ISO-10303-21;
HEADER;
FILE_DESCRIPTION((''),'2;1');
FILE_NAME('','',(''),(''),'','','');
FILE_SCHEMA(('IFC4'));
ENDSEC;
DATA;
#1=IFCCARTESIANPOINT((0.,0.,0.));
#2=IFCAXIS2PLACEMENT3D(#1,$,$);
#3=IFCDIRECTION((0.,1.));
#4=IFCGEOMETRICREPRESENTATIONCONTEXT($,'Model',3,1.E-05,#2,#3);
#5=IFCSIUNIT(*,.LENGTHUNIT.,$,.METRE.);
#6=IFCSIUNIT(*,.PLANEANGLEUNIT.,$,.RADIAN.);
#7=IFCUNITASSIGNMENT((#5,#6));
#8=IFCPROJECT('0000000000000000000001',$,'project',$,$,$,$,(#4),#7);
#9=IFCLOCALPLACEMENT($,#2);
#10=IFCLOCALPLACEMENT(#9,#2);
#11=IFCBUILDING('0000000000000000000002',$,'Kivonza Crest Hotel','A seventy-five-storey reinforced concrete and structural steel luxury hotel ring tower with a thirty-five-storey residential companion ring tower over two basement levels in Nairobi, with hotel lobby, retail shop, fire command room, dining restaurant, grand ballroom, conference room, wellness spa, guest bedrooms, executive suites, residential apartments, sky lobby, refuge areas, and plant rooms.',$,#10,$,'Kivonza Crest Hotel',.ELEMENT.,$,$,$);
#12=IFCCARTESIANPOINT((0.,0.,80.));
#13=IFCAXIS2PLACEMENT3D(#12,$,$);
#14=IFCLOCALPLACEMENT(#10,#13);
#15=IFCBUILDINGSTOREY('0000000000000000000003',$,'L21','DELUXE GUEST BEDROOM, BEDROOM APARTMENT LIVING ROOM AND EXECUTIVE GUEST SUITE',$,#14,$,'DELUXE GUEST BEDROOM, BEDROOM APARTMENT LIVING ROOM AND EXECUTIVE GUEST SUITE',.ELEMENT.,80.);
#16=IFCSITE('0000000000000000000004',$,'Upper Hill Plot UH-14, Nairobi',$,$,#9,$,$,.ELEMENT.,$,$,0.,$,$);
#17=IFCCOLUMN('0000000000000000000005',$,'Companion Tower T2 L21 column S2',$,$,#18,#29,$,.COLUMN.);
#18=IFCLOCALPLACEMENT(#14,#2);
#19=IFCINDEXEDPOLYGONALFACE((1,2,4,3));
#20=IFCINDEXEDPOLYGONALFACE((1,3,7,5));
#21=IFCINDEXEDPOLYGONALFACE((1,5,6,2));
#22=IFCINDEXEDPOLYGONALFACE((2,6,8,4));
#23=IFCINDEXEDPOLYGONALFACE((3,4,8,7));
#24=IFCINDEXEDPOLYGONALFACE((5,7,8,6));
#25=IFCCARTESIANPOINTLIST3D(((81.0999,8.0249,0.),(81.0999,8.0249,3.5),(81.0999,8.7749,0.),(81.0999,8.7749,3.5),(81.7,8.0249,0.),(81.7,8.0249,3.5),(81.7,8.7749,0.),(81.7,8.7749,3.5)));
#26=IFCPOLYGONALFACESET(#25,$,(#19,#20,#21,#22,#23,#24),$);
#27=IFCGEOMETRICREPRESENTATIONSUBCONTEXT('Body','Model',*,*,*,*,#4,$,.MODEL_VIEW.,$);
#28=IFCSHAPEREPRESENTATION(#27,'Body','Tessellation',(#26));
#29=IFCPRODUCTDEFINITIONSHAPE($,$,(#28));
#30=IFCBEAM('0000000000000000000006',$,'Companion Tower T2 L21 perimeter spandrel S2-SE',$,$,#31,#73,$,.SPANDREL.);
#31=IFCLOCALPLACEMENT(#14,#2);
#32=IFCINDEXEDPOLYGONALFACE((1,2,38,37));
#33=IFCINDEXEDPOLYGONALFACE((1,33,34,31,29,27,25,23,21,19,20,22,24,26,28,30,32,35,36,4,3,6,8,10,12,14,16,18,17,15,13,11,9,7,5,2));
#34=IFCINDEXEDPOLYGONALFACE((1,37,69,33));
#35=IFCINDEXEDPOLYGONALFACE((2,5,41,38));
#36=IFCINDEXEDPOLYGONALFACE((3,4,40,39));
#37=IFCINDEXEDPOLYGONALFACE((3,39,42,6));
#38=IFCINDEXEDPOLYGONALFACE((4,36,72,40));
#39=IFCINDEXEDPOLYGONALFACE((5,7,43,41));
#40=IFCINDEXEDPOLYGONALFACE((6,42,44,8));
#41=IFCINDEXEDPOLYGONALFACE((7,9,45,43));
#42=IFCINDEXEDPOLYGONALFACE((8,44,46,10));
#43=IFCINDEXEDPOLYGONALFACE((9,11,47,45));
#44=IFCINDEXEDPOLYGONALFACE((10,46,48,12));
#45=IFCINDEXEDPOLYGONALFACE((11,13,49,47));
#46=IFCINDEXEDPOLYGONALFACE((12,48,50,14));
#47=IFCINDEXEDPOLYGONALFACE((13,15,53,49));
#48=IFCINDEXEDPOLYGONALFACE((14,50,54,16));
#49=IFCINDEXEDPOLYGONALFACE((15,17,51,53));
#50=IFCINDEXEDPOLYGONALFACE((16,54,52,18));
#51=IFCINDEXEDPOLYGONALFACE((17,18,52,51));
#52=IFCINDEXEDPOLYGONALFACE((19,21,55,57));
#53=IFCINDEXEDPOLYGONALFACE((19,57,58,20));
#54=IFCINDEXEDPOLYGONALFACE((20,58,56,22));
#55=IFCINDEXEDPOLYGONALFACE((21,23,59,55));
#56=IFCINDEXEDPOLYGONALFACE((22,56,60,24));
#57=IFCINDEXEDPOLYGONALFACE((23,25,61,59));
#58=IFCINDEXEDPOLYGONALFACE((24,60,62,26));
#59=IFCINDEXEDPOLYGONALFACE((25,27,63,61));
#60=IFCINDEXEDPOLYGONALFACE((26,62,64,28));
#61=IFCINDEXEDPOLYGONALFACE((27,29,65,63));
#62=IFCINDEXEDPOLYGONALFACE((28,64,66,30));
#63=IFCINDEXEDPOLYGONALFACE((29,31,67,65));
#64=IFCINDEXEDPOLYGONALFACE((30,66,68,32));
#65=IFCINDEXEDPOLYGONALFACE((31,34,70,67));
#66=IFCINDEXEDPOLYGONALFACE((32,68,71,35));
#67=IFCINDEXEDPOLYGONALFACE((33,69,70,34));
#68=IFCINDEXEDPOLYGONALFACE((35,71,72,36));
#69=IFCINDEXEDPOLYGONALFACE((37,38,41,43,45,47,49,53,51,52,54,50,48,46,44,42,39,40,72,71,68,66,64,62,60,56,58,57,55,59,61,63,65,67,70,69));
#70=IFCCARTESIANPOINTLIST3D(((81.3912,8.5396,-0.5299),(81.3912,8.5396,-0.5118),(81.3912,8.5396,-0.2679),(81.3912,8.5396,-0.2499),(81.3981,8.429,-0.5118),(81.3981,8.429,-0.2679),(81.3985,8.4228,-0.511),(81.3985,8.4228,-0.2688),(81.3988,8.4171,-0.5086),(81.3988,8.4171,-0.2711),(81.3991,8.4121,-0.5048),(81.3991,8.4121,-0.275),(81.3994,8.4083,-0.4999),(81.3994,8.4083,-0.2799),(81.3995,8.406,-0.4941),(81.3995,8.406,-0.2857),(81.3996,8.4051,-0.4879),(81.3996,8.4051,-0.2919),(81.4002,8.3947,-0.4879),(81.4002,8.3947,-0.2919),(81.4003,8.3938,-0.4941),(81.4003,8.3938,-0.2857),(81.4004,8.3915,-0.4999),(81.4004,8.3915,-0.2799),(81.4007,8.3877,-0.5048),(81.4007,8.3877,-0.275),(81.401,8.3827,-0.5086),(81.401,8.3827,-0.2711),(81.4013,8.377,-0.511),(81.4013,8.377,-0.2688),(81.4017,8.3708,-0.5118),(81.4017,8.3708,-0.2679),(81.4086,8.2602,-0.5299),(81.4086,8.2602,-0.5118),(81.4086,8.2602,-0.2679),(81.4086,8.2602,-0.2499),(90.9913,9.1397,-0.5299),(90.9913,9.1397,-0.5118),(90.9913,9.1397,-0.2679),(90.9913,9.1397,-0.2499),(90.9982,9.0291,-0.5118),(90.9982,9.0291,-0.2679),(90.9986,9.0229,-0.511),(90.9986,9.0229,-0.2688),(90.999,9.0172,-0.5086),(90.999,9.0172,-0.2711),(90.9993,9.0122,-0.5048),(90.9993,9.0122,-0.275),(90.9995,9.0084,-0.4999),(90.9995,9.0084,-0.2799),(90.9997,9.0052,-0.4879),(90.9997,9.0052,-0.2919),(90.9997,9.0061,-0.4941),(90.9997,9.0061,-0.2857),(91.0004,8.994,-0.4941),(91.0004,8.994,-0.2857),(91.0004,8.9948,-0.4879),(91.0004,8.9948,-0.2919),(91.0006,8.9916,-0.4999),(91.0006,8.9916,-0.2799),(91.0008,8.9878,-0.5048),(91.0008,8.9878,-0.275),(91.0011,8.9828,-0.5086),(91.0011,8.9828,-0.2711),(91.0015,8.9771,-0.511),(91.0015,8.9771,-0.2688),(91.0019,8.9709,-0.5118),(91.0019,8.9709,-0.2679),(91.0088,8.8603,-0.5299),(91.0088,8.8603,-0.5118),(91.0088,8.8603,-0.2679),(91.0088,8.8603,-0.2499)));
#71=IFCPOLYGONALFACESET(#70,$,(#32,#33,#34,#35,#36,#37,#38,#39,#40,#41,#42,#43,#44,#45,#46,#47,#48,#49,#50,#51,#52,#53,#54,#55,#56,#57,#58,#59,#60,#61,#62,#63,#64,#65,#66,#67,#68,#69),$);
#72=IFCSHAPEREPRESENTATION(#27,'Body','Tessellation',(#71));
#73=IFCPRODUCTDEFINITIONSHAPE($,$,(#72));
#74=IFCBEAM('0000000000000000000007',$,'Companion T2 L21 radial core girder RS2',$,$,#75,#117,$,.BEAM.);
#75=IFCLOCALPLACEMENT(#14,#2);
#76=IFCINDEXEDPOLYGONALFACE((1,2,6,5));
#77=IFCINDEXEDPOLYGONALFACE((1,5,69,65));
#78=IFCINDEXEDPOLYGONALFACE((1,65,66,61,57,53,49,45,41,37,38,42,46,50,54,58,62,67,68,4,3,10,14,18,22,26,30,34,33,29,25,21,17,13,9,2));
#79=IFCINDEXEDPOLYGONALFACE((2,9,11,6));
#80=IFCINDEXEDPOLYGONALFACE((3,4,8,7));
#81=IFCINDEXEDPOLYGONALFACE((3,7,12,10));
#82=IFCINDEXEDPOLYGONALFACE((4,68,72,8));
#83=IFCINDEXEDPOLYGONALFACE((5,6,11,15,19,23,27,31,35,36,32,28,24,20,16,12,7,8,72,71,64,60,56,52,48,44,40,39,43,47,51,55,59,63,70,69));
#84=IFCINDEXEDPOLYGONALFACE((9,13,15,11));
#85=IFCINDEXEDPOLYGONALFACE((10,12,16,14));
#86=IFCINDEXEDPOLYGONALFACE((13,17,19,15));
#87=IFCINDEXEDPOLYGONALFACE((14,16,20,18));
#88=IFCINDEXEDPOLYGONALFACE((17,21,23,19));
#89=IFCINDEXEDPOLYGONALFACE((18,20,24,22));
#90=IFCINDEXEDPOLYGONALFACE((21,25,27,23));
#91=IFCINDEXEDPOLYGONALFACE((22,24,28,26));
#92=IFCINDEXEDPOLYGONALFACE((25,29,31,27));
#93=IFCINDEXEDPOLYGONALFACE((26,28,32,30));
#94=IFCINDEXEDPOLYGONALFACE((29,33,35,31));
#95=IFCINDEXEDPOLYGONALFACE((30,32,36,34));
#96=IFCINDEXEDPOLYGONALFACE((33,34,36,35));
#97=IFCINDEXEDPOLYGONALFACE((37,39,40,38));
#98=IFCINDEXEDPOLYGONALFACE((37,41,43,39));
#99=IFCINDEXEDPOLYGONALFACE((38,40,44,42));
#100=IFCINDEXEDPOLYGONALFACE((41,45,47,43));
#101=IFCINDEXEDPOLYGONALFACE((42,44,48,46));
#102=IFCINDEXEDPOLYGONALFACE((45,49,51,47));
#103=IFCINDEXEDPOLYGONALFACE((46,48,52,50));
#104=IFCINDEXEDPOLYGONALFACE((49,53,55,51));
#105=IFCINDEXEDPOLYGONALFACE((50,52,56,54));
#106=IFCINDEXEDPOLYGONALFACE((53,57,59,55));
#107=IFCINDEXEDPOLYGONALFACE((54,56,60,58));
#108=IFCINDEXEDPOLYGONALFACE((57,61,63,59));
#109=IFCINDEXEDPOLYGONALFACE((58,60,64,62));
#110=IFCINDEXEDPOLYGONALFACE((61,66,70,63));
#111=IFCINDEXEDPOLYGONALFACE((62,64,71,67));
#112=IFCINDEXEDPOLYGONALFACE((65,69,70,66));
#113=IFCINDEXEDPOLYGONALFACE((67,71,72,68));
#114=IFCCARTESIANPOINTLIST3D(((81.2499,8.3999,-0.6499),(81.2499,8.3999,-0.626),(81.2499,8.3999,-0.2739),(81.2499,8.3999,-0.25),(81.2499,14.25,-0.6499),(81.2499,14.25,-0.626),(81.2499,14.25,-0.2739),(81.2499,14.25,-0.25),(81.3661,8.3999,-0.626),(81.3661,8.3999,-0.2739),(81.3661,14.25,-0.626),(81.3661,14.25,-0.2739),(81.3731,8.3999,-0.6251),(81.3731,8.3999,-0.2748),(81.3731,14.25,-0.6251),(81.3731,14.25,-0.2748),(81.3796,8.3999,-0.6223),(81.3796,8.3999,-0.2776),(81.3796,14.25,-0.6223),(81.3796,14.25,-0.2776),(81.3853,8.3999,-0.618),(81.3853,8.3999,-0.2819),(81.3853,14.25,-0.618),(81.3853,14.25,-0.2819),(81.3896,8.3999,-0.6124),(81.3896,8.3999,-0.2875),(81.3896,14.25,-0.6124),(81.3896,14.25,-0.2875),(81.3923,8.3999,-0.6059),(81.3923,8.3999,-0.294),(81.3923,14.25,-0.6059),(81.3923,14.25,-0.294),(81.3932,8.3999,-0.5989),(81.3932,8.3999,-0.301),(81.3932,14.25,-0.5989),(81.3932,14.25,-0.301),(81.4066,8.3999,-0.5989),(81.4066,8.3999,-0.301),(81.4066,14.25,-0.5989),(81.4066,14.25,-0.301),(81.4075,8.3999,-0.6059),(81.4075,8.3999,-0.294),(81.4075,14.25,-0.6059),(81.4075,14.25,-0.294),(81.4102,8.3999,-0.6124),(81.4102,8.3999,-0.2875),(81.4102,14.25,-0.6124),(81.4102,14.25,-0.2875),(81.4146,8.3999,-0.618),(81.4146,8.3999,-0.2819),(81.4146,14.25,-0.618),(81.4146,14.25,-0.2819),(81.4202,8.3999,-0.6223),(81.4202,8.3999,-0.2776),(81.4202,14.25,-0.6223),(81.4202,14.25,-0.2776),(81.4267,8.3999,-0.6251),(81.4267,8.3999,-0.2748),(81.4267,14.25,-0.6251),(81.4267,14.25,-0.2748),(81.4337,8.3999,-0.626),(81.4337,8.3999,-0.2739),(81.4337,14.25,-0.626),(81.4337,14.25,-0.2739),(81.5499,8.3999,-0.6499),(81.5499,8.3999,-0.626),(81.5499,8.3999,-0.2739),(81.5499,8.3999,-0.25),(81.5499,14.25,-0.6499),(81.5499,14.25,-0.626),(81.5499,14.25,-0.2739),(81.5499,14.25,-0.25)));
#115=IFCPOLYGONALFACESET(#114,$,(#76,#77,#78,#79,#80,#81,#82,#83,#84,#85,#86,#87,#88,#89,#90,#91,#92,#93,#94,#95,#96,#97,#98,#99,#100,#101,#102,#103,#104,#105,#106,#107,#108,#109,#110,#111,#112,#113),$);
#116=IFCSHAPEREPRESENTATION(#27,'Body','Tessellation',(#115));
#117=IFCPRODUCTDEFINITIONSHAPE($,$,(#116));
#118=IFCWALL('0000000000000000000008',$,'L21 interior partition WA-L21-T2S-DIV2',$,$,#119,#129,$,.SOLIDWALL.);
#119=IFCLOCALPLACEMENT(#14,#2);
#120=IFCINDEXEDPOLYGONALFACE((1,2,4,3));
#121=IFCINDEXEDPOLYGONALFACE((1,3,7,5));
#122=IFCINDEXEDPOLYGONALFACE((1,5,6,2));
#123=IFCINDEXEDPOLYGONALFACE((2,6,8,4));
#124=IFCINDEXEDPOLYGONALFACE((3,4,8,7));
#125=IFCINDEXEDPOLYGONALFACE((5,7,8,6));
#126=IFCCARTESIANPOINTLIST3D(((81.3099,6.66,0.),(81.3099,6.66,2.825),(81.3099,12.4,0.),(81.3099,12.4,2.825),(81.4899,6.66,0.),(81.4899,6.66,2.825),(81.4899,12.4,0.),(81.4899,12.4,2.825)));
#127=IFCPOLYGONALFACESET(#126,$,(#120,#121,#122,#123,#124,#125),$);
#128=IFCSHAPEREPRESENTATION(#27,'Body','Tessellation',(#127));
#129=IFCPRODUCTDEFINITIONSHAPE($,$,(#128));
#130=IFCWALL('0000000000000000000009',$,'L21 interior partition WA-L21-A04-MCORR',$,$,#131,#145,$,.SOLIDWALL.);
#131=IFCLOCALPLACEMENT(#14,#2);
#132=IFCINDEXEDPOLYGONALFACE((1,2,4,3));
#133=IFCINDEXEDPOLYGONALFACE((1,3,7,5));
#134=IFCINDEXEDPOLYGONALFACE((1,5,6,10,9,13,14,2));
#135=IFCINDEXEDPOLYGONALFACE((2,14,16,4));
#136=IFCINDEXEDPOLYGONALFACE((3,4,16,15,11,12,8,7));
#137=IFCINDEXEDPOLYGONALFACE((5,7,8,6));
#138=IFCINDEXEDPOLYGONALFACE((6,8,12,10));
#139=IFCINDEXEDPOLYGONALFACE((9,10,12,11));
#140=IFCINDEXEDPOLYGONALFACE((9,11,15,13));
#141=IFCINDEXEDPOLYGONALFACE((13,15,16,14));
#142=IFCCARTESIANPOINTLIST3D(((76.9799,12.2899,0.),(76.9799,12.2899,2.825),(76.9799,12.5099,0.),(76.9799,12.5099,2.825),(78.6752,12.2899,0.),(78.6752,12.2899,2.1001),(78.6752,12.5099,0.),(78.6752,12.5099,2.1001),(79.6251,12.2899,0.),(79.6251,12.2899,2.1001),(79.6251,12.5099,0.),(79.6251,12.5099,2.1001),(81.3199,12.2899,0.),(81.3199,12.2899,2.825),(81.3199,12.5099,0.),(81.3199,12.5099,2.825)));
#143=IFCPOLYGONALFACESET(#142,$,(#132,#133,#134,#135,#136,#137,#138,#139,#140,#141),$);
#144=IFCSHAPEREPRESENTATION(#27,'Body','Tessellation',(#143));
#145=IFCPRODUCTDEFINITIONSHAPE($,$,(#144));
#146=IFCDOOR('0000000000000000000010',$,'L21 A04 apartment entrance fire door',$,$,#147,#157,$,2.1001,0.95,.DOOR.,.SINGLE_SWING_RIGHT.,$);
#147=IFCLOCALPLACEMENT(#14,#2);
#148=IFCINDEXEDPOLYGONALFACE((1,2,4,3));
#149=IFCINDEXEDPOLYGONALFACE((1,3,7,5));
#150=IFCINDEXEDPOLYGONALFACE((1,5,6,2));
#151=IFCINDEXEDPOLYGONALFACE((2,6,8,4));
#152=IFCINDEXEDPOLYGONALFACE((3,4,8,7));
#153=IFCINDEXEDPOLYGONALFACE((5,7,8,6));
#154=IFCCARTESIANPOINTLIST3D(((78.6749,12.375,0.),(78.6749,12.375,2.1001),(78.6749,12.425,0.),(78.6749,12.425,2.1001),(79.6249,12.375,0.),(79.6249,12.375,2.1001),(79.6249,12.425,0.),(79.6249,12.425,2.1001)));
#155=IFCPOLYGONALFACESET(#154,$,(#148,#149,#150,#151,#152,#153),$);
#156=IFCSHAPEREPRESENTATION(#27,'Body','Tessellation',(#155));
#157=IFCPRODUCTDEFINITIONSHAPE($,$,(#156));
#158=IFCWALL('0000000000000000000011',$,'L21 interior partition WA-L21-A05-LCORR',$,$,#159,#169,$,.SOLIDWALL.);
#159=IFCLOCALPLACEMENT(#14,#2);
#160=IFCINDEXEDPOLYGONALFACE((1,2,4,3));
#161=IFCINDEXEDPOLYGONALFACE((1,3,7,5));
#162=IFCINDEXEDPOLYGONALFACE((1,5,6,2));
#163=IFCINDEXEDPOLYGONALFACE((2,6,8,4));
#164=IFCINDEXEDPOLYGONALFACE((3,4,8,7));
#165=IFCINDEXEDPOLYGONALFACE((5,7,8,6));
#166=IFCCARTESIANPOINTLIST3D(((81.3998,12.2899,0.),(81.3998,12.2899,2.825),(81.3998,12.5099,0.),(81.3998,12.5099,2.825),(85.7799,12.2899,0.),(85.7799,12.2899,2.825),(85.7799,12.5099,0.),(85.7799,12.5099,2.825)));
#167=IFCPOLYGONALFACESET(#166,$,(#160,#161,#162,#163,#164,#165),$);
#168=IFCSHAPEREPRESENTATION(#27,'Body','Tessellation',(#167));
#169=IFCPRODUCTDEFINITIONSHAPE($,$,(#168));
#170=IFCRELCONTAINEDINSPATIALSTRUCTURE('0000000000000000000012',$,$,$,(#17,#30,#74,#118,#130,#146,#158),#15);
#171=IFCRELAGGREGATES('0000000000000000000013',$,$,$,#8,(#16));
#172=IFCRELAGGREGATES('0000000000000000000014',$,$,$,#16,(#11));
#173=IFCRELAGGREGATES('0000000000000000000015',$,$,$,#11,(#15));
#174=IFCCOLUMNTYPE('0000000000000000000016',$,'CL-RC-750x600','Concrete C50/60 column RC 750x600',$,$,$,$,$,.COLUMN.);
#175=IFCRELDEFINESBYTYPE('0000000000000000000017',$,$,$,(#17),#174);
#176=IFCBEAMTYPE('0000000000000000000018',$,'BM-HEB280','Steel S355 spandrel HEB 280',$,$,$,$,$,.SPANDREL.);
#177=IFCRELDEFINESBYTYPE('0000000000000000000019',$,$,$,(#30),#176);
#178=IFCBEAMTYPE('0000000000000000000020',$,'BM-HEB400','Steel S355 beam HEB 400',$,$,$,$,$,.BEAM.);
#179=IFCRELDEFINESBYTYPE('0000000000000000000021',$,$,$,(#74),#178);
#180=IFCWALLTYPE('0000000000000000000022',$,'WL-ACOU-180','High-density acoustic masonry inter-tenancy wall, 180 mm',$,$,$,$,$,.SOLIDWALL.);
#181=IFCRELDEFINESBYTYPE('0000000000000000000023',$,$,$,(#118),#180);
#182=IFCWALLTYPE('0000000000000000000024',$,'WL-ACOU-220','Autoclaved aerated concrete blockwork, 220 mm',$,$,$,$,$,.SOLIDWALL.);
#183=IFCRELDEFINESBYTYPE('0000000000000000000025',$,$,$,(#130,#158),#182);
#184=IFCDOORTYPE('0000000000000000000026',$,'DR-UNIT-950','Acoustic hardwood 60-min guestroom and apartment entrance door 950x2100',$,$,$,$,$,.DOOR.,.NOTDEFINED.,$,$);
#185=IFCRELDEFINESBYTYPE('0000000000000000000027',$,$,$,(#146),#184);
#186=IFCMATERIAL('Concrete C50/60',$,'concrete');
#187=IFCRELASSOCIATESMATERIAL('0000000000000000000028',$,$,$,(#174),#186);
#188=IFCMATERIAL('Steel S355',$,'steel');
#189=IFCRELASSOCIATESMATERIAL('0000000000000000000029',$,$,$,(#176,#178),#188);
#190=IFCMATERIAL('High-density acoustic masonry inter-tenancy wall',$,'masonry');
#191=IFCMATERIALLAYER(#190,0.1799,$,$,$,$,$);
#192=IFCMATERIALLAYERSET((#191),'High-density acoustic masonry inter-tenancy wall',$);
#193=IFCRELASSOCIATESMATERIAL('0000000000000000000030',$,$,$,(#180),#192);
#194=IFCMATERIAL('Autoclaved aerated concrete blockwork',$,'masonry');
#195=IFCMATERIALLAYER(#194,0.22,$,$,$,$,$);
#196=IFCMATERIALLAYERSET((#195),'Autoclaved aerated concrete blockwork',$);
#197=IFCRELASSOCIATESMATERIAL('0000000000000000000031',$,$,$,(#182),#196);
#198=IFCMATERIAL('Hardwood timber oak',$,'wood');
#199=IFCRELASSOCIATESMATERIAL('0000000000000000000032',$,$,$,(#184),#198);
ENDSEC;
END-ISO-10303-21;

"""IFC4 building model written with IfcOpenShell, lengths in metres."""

from ifc_helpers import new_model, si_unit, direction, frame, frame_2d, origin, origin_2d, place, context, subcontext, project, spatial, rectangle, i_section, extrude, material, layer, layer_set, material_profile, profile_set, type_object, element, fill, save


model = new_model("IFC4")

# Units and contexts
model_context = context("Model", 3, precision=1e-05, world=origin(), true_north=direction((0.0, 1.0)))
body_context = subcontext(model_context, "Body", "Model", "MODEL_VIEW")
ifc_project = project(units=[si_unit("LENGTHUNIT", "METRE"), si_unit("PLANEANGLEUNIT", "RADIAN")], contexts=[model_context])

# Site, building, storey
site_placement = place(None, origin())
site = spatial("IfcSite", under=ifc_project, at=site_placement, Name="Upper Hill Plot UH-14, Nairobi", CompositionType="ELEMENT", RefElevation=0.0)
building_placement = place(site_placement, origin())
building = spatial("IfcBuilding", under=site, at=building_placement, Name="Kivonza Crest Hotel", Description="A seventy-five-storey reinforced concrete and structural steel luxury hotel ring tower with a thirty-five-storey residential companion ring tower over two basement levels in Nairobi, with hotel lobby, retail shop, fire command room, dining restaurant, grand ballroom, conference room, wellness spa, guest bedrooms, executive suites, residential apartments, sky lobby, refuge areas, and plant rooms.", LongName="Kivonza Crest Hotel", CompositionType="ELEMENT")
storey_placement = place(building_placement, frame((0.0, 0.0, 80.0)))
storey = spatial("IfcBuildingStorey", under=building, at=storey_placement, Name="L21", Description="DELUXE GUEST BEDROOM, BEDROOM APARTMENT LIVING ROOM AND EXECUTIVE GUEST SUITE", LongName="DELUXE GUEST BEDROOM, BEDROOM APARTMENT LIVING ROOM AND EXECUTIVE GUEST SUITE", CompositionType="ELEMENT", Elevation=80.0)

# Column
ifc_material_1 = material(Name="Concrete C50/60", Category="concrete")
ifc_material_profile_1 = material_profile(ifc_material_1, rectangle(XDim=0.6001, YDim=0.75, at=origin_2d()), Name="RC 750x600")
ifc_profile_set_1 = profile_set([ifc_material_profile_1], Name="Concrete C50/60")
column_type = type_object("IfcColumnType", Name="CL-RC-750x600", Description="Concrete C50/60 column RC 750x600", PredefinedType="COLUMN", material=ifc_profile_set_1)
column_placement = place(storey_placement, frame((81.3999, 8.3999, 0.0), z_axis=(0.0, 0.0, 1.0), x_axis=(1.0, 0.0, 0.0)))
element("IfcColumn", 1, at=column_placement, inside=storey, type_object=column_type, Name="Companion Tower T2 L21 column S2", PredefinedType="COLUMN", context=body_context, shape_type="SweptSolid", body=[
    extrude(rectangle(XDim=0.6001, YDim=0.75, at=origin_2d()), origin(), (0.0, 0.0, 1.0), 3.5),
])

# Beams
ifc_material_2 = material(Name="Steel S355", Category="steel")
ifc_material_profile_2 = material_profile(ifc_material_2, i_section(OverallWidth=0.28, OverallDepth=0.28, WebThickness=0.0105, FlangeThickness=0.0181, FilletRadius=0.0239, at=origin_2d()), Name="HEB 280")
ifc_profile_set_2 = profile_set([ifc_material_profile_2], Name="Steel S355")
beam_type_1 = type_object("IfcBeamType", Name="BM-HEB280", Description="Steel S355 spandrel HEB 280", PredefinedType="SPANDREL", material=ifc_profile_set_2)
beam_1_placement = place(storey_placement, frame((81.3999, 8.3999, -0.3899), z_axis=(0.998052, 0.062388, 0.0), x_axis=(-0.062388, 0.998052, 0.0)))
element("IfcBeam", 2, at=beam_1_placement, inside=storey, type_object=beam_type_1, Name="Companion Tower T2 L21 perimeter spandrel S2-SE", PredefinedType="SPANDREL", context=body_context, shape_type="SweptSolid", body=[
    extrude(i_section(OverallWidth=0.28, OverallDepth=0.28, WebThickness=0.0105, FlangeThickness=0.0181, FilletRadius=0.0239, at=origin_2d()), origin(), (0.0, 0.0, 1.0), 9.6189),
])
ifc_material_profile_3 = material_profile(ifc_material_2, i_section(OverallWidth=0.3, OverallDepth=0.3999, WebThickness=0.0134, FlangeThickness=0.0239, FilletRadius=0.0271, at=origin_2d()), Name="HEB 400")
ifc_profile_set_3 = profile_set([ifc_material_profile_3], Name="Steel S355")
beam_type_2 = type_object("IfcBeamType", Name="BM-HEB400", Description="Steel S355 beam HEB 400", PredefinedType="BEAM", material=ifc_profile_set_3)
beam_2_placement = place(storey_placement, frame((81.3999, 8.3999, -0.45), z_axis=(0.0, 1.0, 0.0), x_axis=(-1.0, 0.0, 0.0)))
element("IfcBeam", 3, at=beam_2_placement, inside=storey, type_object=beam_type_2, Name="Companion T2 L21 radial core girder RS2", PredefinedType="BEAM", context=body_context, shape_type="SweptSolid", body=[
    extrude(i_section(OverallWidth=0.3, OverallDepth=0.3999, WebThickness=0.0134, FlangeThickness=0.0239, FilletRadius=0.0271, at=origin_2d()), origin(), (0.0, 0.0, 1.0), 5.8501),
])

# Wall
ifc_material_3 = material(Name="High-density acoustic masonry inter-tenancy wall", Category="masonry")
ifc_layer_1 = layer(ifc_material_3, 0.1799)
ifc_layer_set_1 = layer_set([ifc_layer_1], Name="High-density acoustic masonry inter-tenancy wall")
wall_type_1 = type_object("IfcWallType", Name="WL-ACOU-180", Description="High-density acoustic masonry inter-tenancy wall, 180 mm", PredefinedType="SOLIDWALL", material=ifc_layer_set_1)
wall_1_placement = place(storey_placement, frame((81.3999, 6.6599, 0.0), z_axis=(0.0, 0.0, 1.0), x_axis=(0.0, 1.0, 0.0)))
element("IfcWall", 4, at=wall_1_placement, inside=storey, type_object=wall_type_1, Name="L21 interior partition WA-L21-T2S-DIV2", PredefinedType="SOLIDWALL", context=body_context, shape_type="SweptSolid", body=[
    extrude(rectangle(XDim=5.74, YDim=0.1799, at=frame_2d((2.8701, 0.0))), origin(), (0.0, 0.0, 1.0), 2.825),
])

# Wall, opening, door
ifc_material_4 = material(Name="Autoclaved aerated concrete blockwork", Category="masonry")
ifc_layer_2 = layer(ifc_material_4, 0.22)
ifc_layer_set_2 = layer_set([ifc_layer_2], Name="Autoclaved aerated concrete blockwork")
wall_type_2 = type_object("IfcWallType", Name="WL-ACOU-220", Description="Autoclaved aerated concrete blockwork, 220 mm", PredefinedType="SOLIDWALL", material=ifc_layer_set_2)
wall_2_placement = place(storey_placement, frame((76.98, 12.3999, 0.0), z_axis=(0.0, 0.0, 1.0), x_axis=(1.0, 0.0, 0.0)))
wall_2 = element("IfcWall", 5, at=wall_2_placement, inside=storey, type_object=wall_type_2, Name="L21 interior partition WA-L21-A04-MCORR", PredefinedType="SOLIDWALL", context=body_context, shape_type="SweptSolid", body=[
    extrude(rectangle(XDim=4.3401, YDim=0.22, at=frame_2d((2.1699, 0.0))), origin(), (0.0, 0.0, 1.0), 2.825),
])
opening_1_placement = place(wall_2_placement, frame((1.6951, 0.0, 0.0)))
opening_1 = element("IfcOpeningElement", 6, at=opening_1_placement, cuts=wall_2, PredefinedType="OPENING", context=body_context, shape_type="SweptSolid", body=[
    extrude(rectangle(XDim=0.95, YDim=2.1001, at=frame_2d((0.4751, 1.05))), frame((0.0, 0.1201, 0.0), z_axis=(0.0, -1.0, 0.0), x_axis=(1.0, 0.0, 0.0)), (0.0, 0.0, 1.0), 0.24),
])
ifc_material_5 = material(Name="Hardwood timber oak", Category="wood")
door_type_1 = type_object("IfcDoorType", Name="DR-UNIT-950", Description="Acoustic hardwood 60-min guestroom and apartment entrance door 950x2100", OperationType="NOTDEFINED", PredefinedType="DOOR", material=ifc_material_5)
door_1_placement = place(opening_1_placement, frame((0.95, 0.0, 0.0), z_axis=(0.0, 0.0, 1.0), x_axis=(-1.0, 0.0, 0.0)))
door_1 = element("IfcDoor", 7, at=door_1_placement, inside=storey, type_object=door_type_1, Name="L21 A04 apartment entrance fire door", OperationType="SINGLE_SWING_RIGHT", OverallHeight=2.1001, OverallWidth=0.95, PredefinedType="DOOR", context=body_context, shape_type="SweptSolid", body=[
    extrude(rectangle(XDim=0.95, YDim=2.1001, at=frame_2d((0.4751, 1.05))), frame((0.0, 0.0249, 0.0), z_axis=(0.0, -1.0, 0.0), x_axis=(1.0, 0.0, 0.0)), (0.0, 0.0, 1.0), 0.05),
])
fill(opening_1, door_1)

# Wall
wall_3_placement = place(storey_placement, frame((81.3999, 12.3999, 0.0), z_axis=(0.0, 0.0, 1.0), x_axis=(1.0, 0.0, 0.0)))
element("IfcWall", 8, at=wall_3_placement, inside=storey, type_object=wall_type_2, Name="L21 interior partition WA-L21-A05-LCORR", PredefinedType="SOLIDWALL", context=body_context, shape_type="SweptSolid", body=[
    extrude(rectangle(XDim=4.3801, YDim=0.22, at=frame_2d((2.1899, 0.0))), origin(), (0.0, 0.0, 1.0), 2.825),
])

save(model, "model.ifc")
